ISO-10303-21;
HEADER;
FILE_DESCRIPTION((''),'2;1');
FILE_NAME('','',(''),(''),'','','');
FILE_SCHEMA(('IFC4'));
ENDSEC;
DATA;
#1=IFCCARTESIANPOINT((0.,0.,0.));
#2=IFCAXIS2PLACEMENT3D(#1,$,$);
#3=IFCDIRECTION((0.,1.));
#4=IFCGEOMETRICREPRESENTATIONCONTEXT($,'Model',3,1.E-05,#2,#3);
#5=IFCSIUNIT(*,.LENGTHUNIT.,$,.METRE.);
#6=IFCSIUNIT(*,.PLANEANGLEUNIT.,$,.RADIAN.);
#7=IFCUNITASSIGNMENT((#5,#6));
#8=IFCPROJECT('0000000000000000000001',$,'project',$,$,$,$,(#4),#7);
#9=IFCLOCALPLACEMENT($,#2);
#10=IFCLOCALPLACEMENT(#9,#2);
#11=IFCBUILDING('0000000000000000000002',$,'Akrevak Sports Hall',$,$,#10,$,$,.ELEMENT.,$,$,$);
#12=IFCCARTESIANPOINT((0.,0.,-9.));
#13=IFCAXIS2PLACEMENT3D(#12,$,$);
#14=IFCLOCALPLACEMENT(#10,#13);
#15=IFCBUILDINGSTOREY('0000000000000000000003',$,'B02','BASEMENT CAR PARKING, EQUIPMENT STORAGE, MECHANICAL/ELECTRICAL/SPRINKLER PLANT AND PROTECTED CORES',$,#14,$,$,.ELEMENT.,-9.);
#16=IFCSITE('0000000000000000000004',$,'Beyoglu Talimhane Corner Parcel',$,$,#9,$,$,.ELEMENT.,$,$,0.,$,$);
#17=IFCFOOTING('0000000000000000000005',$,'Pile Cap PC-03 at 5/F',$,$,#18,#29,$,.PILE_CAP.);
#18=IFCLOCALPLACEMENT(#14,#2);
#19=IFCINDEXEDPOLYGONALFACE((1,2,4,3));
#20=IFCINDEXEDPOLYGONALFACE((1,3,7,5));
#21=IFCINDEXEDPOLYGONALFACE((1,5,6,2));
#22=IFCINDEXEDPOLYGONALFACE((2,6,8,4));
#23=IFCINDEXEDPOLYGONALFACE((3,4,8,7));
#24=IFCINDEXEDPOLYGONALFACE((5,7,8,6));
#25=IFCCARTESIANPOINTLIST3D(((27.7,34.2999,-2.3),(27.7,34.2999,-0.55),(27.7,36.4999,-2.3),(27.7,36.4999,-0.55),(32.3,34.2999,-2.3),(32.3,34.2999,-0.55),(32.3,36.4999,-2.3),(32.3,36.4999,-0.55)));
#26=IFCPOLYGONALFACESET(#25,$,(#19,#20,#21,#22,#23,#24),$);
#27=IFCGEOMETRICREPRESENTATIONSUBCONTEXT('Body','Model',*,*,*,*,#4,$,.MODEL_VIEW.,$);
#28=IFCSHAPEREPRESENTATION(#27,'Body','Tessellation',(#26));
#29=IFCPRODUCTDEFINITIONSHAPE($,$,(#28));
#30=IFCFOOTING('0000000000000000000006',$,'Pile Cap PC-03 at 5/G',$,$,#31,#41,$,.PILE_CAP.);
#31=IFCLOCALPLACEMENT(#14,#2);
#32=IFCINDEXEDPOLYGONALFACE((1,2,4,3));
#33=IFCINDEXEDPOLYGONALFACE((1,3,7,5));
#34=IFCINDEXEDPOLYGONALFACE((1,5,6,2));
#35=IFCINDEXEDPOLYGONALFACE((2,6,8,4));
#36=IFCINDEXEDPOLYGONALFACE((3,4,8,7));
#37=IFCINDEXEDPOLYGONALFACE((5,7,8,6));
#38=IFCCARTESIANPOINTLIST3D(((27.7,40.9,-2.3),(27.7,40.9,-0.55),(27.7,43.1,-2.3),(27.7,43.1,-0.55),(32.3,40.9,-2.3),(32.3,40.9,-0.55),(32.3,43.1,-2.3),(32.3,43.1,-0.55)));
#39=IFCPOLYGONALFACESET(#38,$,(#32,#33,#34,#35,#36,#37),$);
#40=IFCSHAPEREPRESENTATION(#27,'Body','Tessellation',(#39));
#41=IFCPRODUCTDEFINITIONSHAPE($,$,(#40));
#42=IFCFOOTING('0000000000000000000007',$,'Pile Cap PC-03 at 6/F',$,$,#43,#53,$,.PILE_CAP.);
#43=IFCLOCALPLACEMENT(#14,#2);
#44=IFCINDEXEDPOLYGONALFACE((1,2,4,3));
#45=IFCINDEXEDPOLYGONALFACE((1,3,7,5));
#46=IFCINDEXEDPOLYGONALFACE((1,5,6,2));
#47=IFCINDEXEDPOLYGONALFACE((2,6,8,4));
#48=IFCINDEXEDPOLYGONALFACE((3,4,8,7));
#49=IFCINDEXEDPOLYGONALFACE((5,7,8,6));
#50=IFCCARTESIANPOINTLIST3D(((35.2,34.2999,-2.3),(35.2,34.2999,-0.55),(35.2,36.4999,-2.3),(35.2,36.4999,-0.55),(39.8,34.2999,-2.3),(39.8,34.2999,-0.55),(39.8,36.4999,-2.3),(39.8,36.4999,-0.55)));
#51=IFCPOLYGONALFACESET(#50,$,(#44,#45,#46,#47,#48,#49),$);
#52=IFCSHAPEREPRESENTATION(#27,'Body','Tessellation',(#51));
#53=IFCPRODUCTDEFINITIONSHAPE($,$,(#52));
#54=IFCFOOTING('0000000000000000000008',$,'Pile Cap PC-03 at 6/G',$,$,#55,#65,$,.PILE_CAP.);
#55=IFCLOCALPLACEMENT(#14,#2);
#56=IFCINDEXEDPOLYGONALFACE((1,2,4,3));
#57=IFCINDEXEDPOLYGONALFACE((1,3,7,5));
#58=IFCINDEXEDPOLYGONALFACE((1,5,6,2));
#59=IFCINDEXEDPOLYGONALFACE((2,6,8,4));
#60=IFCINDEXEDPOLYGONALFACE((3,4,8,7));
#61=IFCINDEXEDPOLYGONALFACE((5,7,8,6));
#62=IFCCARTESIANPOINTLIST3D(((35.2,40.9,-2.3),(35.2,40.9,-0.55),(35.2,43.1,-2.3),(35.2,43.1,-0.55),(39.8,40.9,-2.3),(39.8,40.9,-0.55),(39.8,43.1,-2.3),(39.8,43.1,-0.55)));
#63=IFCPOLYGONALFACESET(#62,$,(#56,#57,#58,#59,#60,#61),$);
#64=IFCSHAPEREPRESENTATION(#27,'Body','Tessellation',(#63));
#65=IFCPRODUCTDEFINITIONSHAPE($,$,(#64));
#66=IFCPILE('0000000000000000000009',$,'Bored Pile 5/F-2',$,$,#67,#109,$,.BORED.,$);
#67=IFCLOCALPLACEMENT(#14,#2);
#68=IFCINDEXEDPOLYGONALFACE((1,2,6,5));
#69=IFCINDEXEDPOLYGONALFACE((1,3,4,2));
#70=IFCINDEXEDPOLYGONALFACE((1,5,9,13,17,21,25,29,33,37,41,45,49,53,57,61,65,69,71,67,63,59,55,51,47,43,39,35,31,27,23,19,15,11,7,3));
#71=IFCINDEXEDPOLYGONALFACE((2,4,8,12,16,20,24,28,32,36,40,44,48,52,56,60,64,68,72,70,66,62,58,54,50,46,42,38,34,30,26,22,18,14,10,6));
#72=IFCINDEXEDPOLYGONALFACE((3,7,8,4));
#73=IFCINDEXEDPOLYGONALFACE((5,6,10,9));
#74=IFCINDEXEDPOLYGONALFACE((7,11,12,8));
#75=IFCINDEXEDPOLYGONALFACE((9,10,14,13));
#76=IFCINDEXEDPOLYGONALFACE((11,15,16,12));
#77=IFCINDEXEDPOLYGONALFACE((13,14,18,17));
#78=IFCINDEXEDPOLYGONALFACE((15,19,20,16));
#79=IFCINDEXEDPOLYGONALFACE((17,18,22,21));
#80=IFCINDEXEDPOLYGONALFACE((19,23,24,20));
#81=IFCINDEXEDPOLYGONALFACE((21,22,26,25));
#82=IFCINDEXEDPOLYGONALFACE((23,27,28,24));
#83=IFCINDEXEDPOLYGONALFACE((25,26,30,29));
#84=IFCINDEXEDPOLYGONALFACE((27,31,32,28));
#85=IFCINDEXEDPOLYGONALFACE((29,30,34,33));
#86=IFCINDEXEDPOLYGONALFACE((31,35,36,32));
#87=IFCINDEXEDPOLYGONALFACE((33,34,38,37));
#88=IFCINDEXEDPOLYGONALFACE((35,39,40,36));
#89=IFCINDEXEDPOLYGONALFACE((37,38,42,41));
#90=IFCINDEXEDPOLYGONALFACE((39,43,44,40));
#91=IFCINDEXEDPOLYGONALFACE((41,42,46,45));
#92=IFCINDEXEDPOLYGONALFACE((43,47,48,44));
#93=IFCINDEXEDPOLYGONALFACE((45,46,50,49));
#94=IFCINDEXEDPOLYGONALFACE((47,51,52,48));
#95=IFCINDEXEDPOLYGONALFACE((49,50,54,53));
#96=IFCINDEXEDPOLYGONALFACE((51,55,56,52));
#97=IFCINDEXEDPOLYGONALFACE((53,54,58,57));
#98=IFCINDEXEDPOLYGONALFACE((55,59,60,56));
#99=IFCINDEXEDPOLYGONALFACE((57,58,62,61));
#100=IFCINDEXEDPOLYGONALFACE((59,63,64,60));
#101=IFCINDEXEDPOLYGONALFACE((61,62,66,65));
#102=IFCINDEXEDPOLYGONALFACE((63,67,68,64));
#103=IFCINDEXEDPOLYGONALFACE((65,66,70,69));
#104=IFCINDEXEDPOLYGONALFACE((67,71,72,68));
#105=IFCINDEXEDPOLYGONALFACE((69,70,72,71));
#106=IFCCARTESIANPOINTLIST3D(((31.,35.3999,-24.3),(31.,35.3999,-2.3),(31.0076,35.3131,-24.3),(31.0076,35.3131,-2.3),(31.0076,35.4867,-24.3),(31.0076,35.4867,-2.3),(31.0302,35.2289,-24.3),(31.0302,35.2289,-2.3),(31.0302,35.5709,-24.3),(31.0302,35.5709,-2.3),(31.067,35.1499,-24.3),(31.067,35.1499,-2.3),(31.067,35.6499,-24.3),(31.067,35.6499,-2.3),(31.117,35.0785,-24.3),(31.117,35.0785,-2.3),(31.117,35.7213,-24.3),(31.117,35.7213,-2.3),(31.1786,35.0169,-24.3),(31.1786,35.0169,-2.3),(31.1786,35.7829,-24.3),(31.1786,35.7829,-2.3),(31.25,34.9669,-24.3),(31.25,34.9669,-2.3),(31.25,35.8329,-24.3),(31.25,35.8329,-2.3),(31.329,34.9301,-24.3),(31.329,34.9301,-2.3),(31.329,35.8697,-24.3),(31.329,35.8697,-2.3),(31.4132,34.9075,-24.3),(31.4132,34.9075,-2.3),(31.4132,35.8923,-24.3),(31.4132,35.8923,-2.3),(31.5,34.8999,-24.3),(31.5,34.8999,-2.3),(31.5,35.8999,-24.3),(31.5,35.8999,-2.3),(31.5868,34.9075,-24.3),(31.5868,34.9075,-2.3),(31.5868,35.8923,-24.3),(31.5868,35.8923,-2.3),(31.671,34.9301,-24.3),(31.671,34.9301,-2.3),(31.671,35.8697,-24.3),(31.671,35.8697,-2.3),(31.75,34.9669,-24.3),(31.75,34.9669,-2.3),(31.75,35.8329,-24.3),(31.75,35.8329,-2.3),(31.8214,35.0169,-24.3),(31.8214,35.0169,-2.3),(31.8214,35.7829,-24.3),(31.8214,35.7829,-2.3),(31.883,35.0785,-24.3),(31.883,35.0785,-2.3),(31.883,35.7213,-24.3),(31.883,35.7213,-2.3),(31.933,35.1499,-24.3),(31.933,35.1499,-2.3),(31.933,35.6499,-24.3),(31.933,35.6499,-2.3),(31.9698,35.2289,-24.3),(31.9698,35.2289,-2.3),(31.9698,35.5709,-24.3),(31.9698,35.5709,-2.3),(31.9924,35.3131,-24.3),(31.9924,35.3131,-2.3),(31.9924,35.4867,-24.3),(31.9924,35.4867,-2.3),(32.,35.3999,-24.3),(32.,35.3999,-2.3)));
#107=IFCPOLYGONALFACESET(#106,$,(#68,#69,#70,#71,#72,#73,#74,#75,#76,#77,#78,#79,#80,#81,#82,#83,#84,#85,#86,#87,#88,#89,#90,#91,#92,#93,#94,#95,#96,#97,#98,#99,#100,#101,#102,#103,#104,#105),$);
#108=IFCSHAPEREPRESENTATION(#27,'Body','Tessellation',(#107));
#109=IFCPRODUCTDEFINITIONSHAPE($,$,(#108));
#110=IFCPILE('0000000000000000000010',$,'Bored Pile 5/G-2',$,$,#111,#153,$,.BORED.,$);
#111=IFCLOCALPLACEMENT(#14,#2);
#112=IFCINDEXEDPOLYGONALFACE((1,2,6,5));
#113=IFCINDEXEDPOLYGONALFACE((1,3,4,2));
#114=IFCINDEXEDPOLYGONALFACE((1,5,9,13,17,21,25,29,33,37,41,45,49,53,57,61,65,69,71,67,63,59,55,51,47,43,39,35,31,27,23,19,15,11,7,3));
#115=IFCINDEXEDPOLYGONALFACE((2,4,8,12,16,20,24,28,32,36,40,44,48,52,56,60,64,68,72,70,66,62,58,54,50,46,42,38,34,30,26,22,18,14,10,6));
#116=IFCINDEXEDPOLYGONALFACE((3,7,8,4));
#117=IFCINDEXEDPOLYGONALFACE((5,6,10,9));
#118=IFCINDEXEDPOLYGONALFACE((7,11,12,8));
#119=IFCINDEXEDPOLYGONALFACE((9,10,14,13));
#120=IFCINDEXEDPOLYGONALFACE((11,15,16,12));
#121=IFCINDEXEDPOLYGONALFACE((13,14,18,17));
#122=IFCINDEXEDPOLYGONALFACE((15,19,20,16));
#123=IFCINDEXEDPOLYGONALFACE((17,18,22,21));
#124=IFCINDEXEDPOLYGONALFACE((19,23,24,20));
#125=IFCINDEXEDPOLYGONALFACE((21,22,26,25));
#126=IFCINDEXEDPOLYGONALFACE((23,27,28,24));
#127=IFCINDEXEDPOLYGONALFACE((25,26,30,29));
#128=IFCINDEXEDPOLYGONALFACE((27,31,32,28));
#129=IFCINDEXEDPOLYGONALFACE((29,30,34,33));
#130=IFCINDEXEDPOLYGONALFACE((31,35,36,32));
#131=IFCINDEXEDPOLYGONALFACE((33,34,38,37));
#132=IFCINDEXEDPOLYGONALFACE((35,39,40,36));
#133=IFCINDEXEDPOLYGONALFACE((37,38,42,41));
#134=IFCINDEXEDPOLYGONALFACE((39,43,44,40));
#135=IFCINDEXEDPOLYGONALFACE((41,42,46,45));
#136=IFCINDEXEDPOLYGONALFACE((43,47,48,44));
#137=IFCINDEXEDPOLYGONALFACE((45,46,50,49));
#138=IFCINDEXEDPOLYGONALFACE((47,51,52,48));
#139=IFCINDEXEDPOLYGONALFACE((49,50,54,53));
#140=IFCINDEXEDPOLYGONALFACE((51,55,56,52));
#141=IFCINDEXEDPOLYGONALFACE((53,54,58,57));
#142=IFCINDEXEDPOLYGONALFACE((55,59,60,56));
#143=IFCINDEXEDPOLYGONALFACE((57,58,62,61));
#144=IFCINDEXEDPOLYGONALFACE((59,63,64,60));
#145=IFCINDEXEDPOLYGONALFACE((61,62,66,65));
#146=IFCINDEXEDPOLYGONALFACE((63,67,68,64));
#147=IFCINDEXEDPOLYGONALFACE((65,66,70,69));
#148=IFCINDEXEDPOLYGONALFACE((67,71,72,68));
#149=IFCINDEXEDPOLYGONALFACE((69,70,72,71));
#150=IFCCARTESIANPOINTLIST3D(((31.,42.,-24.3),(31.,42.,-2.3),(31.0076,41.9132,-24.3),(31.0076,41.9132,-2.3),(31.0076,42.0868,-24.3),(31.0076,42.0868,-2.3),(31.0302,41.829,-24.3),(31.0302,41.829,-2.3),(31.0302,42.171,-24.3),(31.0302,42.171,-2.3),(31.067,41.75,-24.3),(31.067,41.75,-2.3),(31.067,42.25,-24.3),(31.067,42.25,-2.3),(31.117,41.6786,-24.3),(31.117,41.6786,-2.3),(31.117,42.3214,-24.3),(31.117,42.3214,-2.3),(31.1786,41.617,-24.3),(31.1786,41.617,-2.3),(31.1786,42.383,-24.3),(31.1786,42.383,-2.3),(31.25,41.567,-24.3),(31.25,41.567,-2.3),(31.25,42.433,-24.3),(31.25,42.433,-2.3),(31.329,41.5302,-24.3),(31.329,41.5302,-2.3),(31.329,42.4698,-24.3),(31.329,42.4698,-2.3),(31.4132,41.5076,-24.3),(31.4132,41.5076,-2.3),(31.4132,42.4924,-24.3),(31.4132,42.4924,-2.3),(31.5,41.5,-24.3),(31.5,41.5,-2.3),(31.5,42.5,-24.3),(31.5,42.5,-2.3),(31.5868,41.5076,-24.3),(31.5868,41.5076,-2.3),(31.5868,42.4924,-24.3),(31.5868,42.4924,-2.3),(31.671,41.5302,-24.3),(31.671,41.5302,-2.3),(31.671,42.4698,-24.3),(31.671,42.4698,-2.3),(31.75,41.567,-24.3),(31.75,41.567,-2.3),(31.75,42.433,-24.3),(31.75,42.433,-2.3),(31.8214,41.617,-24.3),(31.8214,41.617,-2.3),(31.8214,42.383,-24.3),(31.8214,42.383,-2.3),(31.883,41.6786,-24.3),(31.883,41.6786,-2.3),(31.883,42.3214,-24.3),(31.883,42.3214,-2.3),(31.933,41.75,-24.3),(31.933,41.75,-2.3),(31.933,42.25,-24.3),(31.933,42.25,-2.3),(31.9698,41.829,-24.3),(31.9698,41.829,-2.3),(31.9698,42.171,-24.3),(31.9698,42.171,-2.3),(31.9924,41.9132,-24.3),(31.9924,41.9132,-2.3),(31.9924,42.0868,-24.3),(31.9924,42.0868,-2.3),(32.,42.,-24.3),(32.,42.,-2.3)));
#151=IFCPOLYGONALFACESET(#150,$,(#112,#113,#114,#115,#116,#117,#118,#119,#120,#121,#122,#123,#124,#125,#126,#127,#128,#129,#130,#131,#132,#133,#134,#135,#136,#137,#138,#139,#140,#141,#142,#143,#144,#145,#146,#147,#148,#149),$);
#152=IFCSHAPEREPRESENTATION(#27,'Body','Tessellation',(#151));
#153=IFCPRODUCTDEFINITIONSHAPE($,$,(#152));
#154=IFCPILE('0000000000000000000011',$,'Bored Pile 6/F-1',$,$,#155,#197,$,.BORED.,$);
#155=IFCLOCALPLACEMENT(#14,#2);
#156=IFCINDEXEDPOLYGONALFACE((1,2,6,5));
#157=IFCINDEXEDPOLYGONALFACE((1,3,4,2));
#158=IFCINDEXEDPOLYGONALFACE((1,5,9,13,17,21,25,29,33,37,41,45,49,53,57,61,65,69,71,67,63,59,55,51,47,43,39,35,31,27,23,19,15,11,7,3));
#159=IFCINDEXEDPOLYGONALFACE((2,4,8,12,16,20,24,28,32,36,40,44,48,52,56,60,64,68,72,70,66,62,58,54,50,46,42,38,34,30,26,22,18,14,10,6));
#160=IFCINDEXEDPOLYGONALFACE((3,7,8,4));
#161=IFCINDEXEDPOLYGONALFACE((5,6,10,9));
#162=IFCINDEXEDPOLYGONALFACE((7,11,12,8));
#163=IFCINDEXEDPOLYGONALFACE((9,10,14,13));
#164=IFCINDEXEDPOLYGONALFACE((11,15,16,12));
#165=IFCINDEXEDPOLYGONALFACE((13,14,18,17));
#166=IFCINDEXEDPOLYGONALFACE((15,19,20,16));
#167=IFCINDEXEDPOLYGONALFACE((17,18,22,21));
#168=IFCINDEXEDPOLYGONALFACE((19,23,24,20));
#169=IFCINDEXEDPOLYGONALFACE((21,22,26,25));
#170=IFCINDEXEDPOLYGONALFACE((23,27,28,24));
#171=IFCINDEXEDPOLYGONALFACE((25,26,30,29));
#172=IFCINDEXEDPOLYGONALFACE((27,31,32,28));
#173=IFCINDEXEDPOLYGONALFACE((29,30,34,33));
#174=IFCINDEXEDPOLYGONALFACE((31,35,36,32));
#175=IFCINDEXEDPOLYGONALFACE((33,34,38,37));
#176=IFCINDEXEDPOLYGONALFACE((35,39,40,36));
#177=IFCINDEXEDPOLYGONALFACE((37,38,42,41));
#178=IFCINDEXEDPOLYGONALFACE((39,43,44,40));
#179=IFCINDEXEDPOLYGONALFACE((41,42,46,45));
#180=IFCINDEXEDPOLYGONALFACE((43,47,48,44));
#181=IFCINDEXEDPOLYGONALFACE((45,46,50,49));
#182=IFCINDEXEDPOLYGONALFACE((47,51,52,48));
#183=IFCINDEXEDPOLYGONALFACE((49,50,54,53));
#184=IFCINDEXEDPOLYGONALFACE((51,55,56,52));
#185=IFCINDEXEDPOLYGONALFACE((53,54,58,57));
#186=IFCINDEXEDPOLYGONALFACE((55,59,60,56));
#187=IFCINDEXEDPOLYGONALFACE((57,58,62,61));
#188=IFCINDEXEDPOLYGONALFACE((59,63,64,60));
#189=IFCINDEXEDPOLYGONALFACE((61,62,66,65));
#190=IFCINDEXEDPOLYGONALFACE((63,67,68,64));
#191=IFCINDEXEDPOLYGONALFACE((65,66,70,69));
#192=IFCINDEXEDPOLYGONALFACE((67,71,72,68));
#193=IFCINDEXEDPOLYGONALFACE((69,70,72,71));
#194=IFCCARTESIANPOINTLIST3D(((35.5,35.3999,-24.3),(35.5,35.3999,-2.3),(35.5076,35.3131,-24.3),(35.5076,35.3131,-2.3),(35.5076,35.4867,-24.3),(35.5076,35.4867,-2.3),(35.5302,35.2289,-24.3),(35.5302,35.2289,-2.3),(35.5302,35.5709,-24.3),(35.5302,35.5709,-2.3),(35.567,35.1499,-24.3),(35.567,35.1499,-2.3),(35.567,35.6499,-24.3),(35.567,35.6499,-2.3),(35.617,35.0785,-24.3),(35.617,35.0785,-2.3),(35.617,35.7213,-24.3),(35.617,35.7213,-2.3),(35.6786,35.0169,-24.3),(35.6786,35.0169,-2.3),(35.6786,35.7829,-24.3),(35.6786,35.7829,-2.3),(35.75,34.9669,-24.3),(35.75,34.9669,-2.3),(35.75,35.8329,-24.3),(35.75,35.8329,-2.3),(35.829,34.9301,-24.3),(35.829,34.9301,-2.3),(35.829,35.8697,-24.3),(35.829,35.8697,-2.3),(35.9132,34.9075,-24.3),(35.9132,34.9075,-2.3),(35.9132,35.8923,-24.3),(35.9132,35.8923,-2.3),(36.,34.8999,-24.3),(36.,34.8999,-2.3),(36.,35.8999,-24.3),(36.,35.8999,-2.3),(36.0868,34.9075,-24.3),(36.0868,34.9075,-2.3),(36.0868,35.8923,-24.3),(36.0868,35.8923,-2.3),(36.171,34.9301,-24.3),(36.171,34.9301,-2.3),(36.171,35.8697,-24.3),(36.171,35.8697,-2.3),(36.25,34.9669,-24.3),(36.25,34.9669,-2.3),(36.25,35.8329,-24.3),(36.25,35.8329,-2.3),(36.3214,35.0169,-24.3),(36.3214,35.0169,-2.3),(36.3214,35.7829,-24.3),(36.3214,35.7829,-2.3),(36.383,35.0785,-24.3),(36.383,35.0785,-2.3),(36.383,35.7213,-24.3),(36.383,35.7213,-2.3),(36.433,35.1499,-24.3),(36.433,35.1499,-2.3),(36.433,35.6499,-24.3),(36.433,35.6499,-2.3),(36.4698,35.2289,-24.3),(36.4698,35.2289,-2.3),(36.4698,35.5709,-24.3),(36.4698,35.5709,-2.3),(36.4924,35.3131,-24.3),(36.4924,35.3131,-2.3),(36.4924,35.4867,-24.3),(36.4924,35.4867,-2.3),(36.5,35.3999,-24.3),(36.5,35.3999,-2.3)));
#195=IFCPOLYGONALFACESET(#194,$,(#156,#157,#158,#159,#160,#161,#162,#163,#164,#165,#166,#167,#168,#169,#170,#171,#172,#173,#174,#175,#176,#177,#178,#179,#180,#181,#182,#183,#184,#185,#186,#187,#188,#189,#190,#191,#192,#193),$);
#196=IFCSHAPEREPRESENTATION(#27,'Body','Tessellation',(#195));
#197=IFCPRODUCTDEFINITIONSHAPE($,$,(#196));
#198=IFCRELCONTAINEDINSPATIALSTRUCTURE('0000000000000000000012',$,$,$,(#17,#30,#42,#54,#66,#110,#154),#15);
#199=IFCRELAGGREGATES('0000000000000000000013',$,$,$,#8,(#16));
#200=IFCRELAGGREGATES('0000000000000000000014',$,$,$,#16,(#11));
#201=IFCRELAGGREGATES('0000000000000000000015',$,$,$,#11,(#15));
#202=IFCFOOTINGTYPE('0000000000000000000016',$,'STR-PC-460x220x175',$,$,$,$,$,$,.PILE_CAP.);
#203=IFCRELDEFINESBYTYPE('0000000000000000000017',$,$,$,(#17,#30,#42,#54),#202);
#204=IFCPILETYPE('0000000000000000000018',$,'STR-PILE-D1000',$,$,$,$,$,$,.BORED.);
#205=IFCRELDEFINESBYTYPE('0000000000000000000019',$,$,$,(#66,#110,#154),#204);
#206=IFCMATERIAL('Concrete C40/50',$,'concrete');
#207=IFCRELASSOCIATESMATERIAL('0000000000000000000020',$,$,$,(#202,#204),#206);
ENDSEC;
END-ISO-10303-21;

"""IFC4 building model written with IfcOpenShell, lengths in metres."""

from ifc_helpers import new_model, si_unit, direction, frame, origin, origin_2d, place, context, subcontext, project, spatial, rectangle, circle, extrude, material, material_profile, profile_set, type_object, element, save


model = new_model("IFC4")

# Units and contexts
model_context = context("Model", 3, precision=1e-05, world=origin(), true_north=direction((0.0, 1.0)))
body_context = subcontext(model_context, "Body", "Model", "MODEL_VIEW")
ifc_project = project(units=[si_unit("LENGTHUNIT", "METRE"), si_unit("PLANEANGLEUNIT", "RADIAN")], contexts=[model_context])

# Site, building, storey
site_placement = place(None, origin())
site = spatial("IfcSite", under=ifc_project, at=site_placement, Name="Beyoglu Talimhane Corner Parcel", CompositionType="ELEMENT", RefElevation=0.0)
building_placement = place(site_placement, origin())
building = spatial("IfcBuilding", under=site, at=building_placement, Name="Akrevak Sports Hall", CompositionType="ELEMENT")
storey_placement = place(building_placement, frame((0.0, 0.0, -9.0)))
storey = spatial("IfcBuildingStorey", under=building, at=storey_placement, Name="B02", Description="BASEMENT CAR PARKING, EQUIPMENT STORAGE, MECHANICAL/ELECTRICAL/SPRINKLER PLANT AND PROTECTED CORES", CompositionType="ELEMENT", Elevation=-9.0)

# Footings
ifc_material_1 = material(Name="Concrete C40/50", Category="concrete")
footing_type = type_object("IfcFootingType", Name="STR-PC-460x220x175", PredefinedType="PILE_CAP", material=ifc_material_1)
for number, where, z_axis, x_axis, name in (
    (1, (30.0, 35.3999, -2.3), (0.0, 0.0, 1.0), (1.0, 0.0, 0.0), "Pile Cap PC-03 at 5/F"),
    (2, (30.0, 42.0, -2.3), (0.0, 0.0, 1.0), (1.0, 0.0, 0.0), "Pile Cap PC-03 at 5/G"),
    (3, (37.5, 35.3999, -2.3), (0.0, 0.0, 1.0), (1.0, 0.0, 0.0), "Pile Cap PC-03 at 6/F"),
    (4, (37.5, 42.0, -2.3), (0.0, 0.0, 1.0), (1.0, 0.0, 0.0), "Pile Cap PC-03 at 6/G"),
):
    element("IfcFooting", number, at=place(storey_placement, frame(where, z_axis=z_axis, x_axis=x_axis)), inside=storey, type_object=footing_type, Name=name, PredefinedType="PILE_CAP", context=body_context, shape_type="SweptSolid", body=[
        extrude(rectangle(XDim=4.6001, YDim=2.2, at=origin_2d()), origin(), (0.0, 0.0, 1.0), 1.75),
    ])

# Piles
ifc_material_profile_1 = material_profile(ifc_material_1, circle(Radius=0.5, at=origin_2d()), Name="BORED PILE D1000", Category="concrete")
ifc_profile_set_1 = profile_set([ifc_material_profile_1], Name="Concrete C40/50")
pile_type_1 = type_object("IfcPileType", Name="STR-PILE-D1000", PredefinedType="BORED", material=ifc_profile_set_1)
for number, where, z_axis, x_axis, name in (
    (5, (31.5, 35.3999, -2.3), (0.0, 0.0, -1.0), (1.0, 0.0, 0.0), "Bored Pile 5/F-2"),
    (6, (31.5, 42.0, -2.3), (0.0, 0.0, -1.0), (1.0, 0.0, 0.0), "Bored Pile 5/G-2"),
    (7, (36.0, 35.3999, -2.3), (0.0, 0.0, -1.0), (1.0, 0.0, 0.0), "Bored Pile 6/F-1"),
):
    element("IfcPile", number, at=place(storey_placement, frame(where, z_axis=z_axis, x_axis=x_axis)), inside=storey, type_object=pile_type_1, Name=name, PredefinedType="BORED", context=body_context, shape_type="SweptSolid", body=[
        extrude(circle(Radius=0.5, at=origin_2d()), origin(), (0.0, 0.0, 1.0), 22.0),
    ])

save(model, "model.ifc")
